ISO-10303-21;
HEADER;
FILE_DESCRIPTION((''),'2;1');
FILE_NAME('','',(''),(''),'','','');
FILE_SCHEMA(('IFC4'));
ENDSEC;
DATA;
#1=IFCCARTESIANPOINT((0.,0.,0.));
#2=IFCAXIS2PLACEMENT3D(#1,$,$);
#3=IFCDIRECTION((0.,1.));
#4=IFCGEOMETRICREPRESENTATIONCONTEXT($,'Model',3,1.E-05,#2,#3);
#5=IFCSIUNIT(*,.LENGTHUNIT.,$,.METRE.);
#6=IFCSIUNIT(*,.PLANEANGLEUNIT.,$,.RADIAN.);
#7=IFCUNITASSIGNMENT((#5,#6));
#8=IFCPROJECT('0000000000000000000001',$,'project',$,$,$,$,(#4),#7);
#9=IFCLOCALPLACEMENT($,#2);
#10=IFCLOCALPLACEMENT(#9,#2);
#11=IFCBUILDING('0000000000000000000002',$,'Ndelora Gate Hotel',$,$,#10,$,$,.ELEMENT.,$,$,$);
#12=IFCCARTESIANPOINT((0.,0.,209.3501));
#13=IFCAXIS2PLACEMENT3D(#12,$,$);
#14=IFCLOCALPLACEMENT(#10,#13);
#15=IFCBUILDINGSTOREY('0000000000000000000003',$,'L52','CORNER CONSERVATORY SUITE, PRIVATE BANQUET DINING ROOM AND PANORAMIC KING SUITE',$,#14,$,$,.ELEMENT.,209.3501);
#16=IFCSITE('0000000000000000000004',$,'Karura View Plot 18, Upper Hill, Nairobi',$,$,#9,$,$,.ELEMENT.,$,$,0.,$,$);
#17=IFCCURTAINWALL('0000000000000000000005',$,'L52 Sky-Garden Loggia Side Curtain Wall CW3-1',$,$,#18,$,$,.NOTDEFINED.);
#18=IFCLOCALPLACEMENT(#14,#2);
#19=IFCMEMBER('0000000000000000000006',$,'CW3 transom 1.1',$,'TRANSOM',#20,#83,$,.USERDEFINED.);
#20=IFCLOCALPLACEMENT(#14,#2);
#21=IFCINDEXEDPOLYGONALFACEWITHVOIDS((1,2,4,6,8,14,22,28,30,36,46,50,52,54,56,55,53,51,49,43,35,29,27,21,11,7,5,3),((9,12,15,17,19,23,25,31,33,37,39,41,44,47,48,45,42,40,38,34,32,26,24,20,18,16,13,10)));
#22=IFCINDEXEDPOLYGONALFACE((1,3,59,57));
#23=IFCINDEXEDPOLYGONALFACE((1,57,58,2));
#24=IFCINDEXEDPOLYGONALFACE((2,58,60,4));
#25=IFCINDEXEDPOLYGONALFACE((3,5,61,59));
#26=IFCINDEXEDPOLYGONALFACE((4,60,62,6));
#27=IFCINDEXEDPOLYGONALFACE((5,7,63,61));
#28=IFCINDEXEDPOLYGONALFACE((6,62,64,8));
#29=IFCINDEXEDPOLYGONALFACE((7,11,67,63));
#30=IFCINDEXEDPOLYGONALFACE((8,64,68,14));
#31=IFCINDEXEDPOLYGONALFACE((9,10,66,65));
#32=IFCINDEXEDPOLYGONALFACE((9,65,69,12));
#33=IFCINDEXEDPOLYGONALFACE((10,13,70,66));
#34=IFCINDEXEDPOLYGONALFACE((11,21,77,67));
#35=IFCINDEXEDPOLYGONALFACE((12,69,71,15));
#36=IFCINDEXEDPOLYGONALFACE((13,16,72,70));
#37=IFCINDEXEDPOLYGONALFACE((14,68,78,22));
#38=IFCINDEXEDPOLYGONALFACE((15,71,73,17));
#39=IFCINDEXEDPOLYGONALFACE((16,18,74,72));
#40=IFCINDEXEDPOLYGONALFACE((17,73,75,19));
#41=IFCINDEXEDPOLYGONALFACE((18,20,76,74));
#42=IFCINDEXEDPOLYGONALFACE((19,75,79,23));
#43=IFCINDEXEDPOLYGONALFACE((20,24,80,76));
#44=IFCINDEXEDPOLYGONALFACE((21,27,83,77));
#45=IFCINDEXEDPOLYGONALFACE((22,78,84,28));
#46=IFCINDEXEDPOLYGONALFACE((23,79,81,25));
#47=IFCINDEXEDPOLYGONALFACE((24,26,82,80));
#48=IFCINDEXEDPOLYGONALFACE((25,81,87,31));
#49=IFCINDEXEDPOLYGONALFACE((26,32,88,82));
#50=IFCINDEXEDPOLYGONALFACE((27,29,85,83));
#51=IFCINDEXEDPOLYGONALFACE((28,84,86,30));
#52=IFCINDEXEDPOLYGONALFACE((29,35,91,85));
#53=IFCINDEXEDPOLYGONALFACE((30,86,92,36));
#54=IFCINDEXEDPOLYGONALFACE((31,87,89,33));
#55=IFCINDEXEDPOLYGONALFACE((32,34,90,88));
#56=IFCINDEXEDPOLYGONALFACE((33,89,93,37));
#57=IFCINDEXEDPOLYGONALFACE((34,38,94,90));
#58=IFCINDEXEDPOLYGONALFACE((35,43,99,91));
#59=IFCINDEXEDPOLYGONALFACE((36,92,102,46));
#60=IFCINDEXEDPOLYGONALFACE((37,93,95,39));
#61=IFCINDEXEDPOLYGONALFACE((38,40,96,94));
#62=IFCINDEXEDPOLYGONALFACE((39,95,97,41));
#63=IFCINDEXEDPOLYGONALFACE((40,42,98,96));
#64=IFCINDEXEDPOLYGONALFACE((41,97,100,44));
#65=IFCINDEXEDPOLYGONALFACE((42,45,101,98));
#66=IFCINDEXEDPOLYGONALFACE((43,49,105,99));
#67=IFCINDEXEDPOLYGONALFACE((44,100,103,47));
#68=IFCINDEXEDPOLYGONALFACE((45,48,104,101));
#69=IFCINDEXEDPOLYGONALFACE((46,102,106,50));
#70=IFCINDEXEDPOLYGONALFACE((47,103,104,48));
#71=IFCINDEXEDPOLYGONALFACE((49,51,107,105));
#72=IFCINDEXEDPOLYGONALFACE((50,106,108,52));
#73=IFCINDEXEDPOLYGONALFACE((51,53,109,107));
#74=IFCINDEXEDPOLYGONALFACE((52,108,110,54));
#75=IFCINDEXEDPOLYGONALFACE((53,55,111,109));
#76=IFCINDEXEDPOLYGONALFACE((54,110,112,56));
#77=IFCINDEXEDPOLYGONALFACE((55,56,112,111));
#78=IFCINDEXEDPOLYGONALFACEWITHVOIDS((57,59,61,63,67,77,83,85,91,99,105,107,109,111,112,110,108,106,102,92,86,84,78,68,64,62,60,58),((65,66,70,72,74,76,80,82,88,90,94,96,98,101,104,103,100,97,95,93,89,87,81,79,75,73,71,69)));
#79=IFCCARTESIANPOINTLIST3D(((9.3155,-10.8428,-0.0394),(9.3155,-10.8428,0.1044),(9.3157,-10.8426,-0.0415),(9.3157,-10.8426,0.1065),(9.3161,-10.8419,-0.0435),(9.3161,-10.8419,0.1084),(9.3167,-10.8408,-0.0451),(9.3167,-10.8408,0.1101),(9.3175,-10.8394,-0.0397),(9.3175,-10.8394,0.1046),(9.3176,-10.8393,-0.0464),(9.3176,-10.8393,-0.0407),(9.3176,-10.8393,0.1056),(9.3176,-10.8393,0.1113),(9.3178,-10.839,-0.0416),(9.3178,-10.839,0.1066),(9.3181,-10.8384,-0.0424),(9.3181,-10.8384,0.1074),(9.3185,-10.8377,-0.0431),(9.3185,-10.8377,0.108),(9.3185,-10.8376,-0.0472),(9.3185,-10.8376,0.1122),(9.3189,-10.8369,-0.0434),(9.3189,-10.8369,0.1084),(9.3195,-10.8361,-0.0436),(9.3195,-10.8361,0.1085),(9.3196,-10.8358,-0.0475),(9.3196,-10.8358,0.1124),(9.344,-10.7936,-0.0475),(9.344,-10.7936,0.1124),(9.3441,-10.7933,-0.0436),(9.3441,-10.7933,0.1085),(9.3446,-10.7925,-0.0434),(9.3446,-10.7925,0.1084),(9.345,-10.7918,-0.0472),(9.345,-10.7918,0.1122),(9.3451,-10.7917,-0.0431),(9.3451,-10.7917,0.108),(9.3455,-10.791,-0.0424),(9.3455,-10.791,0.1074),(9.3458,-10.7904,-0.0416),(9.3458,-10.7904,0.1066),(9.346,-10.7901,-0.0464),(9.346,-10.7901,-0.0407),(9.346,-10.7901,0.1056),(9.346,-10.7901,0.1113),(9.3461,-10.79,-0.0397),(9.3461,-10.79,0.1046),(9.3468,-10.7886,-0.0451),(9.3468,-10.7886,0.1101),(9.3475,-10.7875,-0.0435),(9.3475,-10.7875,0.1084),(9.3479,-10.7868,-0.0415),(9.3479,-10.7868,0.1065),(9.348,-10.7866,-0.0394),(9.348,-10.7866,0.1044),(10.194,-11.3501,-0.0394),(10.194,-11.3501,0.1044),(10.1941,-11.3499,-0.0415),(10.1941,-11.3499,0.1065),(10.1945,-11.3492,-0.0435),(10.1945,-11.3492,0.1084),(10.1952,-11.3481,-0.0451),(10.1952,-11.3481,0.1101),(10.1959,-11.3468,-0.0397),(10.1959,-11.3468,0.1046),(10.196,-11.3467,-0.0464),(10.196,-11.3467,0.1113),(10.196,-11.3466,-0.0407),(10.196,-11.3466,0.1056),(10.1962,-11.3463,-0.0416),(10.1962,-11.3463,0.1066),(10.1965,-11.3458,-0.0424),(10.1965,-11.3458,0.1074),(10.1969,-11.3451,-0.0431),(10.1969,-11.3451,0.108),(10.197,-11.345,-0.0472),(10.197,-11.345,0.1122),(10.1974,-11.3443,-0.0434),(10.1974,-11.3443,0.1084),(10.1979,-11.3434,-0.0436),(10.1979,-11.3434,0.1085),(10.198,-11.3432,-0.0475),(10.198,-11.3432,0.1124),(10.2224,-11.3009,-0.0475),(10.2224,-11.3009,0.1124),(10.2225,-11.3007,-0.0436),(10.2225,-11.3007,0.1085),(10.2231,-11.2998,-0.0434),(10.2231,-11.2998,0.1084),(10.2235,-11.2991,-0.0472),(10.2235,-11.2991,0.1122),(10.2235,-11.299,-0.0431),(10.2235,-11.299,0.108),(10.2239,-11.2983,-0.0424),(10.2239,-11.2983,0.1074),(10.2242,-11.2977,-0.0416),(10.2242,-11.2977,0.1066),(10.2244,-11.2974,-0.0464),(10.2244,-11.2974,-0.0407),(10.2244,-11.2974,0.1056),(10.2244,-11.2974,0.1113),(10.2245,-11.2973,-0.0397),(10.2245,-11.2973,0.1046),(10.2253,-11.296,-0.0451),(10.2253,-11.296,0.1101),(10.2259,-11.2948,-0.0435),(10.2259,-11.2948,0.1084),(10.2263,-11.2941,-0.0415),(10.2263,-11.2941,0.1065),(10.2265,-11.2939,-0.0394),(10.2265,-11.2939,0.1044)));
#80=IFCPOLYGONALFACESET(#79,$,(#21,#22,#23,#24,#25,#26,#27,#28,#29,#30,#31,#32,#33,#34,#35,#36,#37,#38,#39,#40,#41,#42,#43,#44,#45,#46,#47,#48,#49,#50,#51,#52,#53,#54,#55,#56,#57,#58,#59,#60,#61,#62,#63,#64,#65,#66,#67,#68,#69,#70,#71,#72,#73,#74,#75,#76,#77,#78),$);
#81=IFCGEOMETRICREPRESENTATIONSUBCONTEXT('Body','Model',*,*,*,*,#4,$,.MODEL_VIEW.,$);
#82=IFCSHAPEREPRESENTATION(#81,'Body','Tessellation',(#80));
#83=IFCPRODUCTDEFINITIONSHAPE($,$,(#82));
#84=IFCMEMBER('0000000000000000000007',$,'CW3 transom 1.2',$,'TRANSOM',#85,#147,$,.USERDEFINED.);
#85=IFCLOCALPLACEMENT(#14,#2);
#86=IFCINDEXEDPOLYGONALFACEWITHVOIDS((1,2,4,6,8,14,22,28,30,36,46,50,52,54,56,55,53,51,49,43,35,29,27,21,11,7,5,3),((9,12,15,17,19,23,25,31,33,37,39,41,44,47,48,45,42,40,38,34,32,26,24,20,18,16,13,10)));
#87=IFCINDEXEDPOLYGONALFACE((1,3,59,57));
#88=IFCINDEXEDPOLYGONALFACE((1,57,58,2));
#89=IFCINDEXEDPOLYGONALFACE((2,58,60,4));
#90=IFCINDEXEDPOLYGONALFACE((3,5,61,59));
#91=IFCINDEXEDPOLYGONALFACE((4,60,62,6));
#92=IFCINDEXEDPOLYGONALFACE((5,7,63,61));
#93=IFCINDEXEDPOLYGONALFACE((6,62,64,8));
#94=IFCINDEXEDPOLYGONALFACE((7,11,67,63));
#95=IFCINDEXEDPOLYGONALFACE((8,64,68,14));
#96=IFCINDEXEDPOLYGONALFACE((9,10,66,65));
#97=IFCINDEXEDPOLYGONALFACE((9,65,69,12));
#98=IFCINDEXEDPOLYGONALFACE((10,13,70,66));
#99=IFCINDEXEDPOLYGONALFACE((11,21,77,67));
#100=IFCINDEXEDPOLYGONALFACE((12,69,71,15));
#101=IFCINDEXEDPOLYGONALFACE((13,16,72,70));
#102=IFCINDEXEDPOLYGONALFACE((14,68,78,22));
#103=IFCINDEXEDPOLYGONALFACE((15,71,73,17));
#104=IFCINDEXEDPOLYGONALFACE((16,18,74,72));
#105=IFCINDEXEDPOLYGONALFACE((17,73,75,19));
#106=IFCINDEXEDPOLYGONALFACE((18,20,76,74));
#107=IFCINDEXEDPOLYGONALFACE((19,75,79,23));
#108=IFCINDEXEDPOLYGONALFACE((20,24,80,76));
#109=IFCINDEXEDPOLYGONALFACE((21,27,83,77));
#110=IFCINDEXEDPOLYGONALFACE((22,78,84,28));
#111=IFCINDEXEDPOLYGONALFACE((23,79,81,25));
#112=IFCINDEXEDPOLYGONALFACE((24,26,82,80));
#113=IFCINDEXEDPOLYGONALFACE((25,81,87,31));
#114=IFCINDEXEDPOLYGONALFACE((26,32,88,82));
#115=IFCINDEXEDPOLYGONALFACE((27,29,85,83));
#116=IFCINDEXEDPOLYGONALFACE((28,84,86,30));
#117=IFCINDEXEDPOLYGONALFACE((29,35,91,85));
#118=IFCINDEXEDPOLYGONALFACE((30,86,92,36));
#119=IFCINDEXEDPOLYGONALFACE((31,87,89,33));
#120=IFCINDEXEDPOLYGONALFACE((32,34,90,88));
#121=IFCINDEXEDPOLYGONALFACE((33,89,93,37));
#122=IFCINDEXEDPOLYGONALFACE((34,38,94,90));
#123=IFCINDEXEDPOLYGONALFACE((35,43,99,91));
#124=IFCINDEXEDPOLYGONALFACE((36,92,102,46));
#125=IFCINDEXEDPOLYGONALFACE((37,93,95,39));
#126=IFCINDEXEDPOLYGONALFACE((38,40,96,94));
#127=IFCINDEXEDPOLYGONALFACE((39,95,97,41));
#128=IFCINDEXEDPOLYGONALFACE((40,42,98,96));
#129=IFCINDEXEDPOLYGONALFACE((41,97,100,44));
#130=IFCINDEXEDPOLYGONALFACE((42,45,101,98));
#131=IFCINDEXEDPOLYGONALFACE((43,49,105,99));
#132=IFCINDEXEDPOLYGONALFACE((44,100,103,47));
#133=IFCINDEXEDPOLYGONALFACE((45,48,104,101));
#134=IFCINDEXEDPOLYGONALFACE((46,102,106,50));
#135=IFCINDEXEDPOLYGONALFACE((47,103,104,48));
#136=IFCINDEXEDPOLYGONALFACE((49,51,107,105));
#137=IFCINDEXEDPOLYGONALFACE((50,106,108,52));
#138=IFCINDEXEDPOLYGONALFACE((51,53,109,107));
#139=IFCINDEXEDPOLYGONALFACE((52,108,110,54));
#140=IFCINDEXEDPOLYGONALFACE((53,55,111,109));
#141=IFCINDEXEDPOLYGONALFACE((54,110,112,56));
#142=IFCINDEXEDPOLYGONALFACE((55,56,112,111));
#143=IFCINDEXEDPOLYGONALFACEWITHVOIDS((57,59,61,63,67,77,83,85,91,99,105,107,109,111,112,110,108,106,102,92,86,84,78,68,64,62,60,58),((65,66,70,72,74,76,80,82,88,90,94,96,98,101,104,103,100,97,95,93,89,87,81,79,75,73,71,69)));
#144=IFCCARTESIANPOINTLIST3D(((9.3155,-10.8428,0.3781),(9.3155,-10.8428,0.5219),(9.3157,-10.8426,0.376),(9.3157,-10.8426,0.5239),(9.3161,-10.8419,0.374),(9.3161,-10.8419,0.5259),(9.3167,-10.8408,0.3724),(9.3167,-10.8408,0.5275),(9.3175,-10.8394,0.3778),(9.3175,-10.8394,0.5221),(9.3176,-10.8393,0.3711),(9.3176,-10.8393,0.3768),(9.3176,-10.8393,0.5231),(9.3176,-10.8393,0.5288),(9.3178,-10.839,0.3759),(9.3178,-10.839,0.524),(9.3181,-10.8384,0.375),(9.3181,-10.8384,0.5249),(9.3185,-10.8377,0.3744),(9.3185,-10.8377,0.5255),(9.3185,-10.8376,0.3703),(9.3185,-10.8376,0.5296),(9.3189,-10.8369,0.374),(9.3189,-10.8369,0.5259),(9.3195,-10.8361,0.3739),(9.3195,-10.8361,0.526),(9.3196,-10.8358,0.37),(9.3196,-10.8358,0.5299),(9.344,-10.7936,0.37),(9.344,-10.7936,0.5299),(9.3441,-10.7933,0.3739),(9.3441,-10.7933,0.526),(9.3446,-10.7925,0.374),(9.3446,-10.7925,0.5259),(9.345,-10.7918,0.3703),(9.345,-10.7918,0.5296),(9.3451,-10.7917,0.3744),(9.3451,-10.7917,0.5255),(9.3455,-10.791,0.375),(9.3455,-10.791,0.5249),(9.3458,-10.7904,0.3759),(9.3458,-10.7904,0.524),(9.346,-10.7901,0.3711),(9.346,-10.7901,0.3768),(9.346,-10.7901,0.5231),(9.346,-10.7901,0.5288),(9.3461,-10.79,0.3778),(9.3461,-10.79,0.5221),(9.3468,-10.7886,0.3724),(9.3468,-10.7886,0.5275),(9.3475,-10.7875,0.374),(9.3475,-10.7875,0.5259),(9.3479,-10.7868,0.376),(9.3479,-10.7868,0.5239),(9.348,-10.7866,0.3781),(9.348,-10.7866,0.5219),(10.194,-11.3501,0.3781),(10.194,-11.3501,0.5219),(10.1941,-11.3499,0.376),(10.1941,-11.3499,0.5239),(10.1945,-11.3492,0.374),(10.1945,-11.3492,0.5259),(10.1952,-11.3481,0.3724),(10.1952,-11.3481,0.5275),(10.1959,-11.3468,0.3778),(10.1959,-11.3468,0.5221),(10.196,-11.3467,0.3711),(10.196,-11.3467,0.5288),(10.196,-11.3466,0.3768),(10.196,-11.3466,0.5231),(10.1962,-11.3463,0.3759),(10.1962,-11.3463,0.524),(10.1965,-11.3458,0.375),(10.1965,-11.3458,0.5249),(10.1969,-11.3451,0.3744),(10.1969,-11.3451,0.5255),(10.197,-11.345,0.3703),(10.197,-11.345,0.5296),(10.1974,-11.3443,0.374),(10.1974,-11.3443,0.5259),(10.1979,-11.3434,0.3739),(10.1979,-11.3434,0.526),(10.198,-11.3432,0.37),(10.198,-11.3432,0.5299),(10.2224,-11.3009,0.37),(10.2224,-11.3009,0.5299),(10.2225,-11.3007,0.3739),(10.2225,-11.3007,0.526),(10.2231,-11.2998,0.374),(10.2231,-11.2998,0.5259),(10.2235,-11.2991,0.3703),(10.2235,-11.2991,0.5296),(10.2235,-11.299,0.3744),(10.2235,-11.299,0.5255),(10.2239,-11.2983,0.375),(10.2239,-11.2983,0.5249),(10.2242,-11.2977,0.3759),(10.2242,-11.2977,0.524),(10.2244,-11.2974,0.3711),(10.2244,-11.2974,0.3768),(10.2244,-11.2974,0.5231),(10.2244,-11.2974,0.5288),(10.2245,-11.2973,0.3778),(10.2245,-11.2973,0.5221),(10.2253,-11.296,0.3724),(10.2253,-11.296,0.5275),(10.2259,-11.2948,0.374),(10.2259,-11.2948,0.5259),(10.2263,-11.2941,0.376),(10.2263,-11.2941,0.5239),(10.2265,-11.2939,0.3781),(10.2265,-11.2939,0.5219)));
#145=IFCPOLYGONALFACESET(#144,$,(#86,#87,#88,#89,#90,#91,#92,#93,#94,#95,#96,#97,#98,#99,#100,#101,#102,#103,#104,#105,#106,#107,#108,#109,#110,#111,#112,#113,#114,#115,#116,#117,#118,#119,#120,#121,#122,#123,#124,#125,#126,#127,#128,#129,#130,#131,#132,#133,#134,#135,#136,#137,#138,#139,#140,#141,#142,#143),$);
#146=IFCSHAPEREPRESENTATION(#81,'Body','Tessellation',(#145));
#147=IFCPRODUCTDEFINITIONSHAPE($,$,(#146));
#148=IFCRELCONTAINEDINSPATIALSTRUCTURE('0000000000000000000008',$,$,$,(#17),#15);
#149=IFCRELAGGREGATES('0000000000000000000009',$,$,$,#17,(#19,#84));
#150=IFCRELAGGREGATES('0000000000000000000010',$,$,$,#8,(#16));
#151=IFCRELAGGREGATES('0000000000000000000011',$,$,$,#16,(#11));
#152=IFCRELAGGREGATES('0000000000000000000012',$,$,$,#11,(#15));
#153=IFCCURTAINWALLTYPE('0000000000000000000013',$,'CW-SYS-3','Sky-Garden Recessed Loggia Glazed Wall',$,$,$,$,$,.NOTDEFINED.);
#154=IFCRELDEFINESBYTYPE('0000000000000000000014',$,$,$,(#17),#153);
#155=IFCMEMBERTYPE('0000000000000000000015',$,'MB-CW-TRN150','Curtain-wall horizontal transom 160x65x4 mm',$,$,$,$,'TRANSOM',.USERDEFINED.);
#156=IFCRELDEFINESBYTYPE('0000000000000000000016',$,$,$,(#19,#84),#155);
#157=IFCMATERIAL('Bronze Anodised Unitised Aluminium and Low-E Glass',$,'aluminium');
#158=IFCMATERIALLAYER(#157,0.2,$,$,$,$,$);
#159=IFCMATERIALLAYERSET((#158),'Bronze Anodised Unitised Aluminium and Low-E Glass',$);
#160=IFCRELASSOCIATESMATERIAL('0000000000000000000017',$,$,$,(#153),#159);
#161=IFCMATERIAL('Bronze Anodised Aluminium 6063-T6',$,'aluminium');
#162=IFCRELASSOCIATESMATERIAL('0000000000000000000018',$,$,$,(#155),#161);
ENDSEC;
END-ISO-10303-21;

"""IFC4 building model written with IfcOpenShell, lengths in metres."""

from ifc_helpers import new_model, si_unit, direction, frame, origin, origin_2d, place, context, subcontext, project, spatial, hollow_rectangle, extrude, material, layer, layer_set, material_profile, profile_set, type_object, element, aggregate, save


model = new_model("IFC4")

# Units and contexts
model_context = context("Model", 3, precision=1e-05, world=origin(), true_north=direction((0.0, 1.0)))
body_context = subcontext(model_context, "Body", "Model", "MODEL_VIEW")
ifc_project = project(units=[si_unit("LENGTHUNIT", "METRE"), si_unit("PLANEANGLEUNIT", "RADIAN")], contexts=[model_context])

# Site, building, storey
site_placement = place(None, origin())
site = spatial("IfcSite", under=ifc_project, at=site_placement, Name="Karura View Plot 18, Upper Hill, Nairobi", CompositionType="ELEMENT", RefElevation=0.0)
building_placement = place(site_placement, origin())
building = spatial("IfcBuilding", under=site, at=building_placement, Name="Ndelora Gate Hotel", CompositionType="ELEMENT")
storey_placement = place(building_placement, frame((0.0, 0.0, 209.3501)))
storey = spatial("IfcBuildingStorey", under=building, at=storey_placement, Name="L52", Description="CORNER CONSERVATORY SUITE, PRIVATE BANQUET DINING ROOM AND PANORAMIC KING SUITE", CompositionType="ELEMENT", Elevation=209.3501)

# Curtain wall, members
ifc_material_1 = material(Name="Bronze Anodised Unitised Aluminium and Low-E Glass", Category="aluminium")
ifc_layer_1 = layer(ifc_material_1, 0.2)
ifc_layer_set_1 = layer_set([ifc_layer_1], Name="Bronze Anodised Unitised Aluminium and Low-E Glass")
curtain_wall_type = type_object("IfcCurtainWallType", Name="CW-SYS-3", Description="Sky-Garden Recessed Loggia Glazed Wall", PredefinedType="NOTDEFINED", material=ifc_layer_set_1)
curtain_wall_placement = place(storey_placement, origin())
curtain_wall = element("IfcCurtainWall", 1, at=curtain_wall_placement, inside=storey, type_object=curtain_wall_type, Name="L52 Sky-Garden Loggia Side Curtain Wall CW3-1", PredefinedType="NOTDEFINED")
ifc_material_2 = material(Name="Bronze Anodised Aluminium 6063-T6", Category="aluminium")
ifc_material_profile_1 = material_profile(ifc_material_2, hollow_rectangle(XDim=0.0649, YDim=0.1599, WallThickness=0.0039, InnerFilletRadius=0.0039, OuterFilletRadius=0.0081, at=origin_2d()), Name="ALU 160x65x4")
ifc_profile_set_1 = profile_set([ifc_material_profile_1], Name="Bronze Anodised Aluminium 6063-T6")
member_type_1 = type_object("IfcMemberType", Name="MB-CW-TRN150", Description="Curtain-wall horizontal transom 160x65x4 mm", ElementType="TRANSOM", PredefinedType="USERDEFINED", material=ifc_profile_set_1)
member_1_placement = place(storey_placement, frame((9.3318, -10.8147, 0.0325), z_axis=(0.865953, -0.500125, 0.0), x_axis=(0.500125, 0.865953, 0.0)))
member_1 = element("IfcMember", 2, at=member_1_placement, type_object=member_type_1, Name="CW3 transom 1.1", ObjectType="TRANSOM", PredefinedType="USERDEFINED", context=body_context, shape_type="SweptSolid", body=[
    extrude(hollow_rectangle(XDim=0.0649, YDim=0.1599, WallThickness=0.0039, InnerFilletRadius=0.0039, OuterFilletRadius=0.0081, at=origin_2d()), origin(), (0.0, 0.0, 1.0), 1.0144),
])
member_2_placement = place(storey_placement, frame((9.3318, -10.8147, 0.45), z_axis=(0.865953, -0.500125, 0.0), x_axis=(0.500125, 0.865953, 0.0)))
member_2 = element("IfcMember", 3, at=member_2_placement, type_object=member_type_1, Name="CW3 transom 1.2", ObjectType="TRANSOM", PredefinedType="USERDEFINED", context=body_context, shape_type="SweptSolid", body=[
    extrude(hollow_rectangle(XDim=0.0649, YDim=0.1599, WallThickness=0.0039, InnerFilletRadius=0.0039, OuterFilletRadius=0.0081, at=origin_2d()), origin(), (0.0, 0.0, 1.0), 1.0144),
])
aggregate(curtain_wall, [member_1, member_2])

save(model, "model.ifc")
